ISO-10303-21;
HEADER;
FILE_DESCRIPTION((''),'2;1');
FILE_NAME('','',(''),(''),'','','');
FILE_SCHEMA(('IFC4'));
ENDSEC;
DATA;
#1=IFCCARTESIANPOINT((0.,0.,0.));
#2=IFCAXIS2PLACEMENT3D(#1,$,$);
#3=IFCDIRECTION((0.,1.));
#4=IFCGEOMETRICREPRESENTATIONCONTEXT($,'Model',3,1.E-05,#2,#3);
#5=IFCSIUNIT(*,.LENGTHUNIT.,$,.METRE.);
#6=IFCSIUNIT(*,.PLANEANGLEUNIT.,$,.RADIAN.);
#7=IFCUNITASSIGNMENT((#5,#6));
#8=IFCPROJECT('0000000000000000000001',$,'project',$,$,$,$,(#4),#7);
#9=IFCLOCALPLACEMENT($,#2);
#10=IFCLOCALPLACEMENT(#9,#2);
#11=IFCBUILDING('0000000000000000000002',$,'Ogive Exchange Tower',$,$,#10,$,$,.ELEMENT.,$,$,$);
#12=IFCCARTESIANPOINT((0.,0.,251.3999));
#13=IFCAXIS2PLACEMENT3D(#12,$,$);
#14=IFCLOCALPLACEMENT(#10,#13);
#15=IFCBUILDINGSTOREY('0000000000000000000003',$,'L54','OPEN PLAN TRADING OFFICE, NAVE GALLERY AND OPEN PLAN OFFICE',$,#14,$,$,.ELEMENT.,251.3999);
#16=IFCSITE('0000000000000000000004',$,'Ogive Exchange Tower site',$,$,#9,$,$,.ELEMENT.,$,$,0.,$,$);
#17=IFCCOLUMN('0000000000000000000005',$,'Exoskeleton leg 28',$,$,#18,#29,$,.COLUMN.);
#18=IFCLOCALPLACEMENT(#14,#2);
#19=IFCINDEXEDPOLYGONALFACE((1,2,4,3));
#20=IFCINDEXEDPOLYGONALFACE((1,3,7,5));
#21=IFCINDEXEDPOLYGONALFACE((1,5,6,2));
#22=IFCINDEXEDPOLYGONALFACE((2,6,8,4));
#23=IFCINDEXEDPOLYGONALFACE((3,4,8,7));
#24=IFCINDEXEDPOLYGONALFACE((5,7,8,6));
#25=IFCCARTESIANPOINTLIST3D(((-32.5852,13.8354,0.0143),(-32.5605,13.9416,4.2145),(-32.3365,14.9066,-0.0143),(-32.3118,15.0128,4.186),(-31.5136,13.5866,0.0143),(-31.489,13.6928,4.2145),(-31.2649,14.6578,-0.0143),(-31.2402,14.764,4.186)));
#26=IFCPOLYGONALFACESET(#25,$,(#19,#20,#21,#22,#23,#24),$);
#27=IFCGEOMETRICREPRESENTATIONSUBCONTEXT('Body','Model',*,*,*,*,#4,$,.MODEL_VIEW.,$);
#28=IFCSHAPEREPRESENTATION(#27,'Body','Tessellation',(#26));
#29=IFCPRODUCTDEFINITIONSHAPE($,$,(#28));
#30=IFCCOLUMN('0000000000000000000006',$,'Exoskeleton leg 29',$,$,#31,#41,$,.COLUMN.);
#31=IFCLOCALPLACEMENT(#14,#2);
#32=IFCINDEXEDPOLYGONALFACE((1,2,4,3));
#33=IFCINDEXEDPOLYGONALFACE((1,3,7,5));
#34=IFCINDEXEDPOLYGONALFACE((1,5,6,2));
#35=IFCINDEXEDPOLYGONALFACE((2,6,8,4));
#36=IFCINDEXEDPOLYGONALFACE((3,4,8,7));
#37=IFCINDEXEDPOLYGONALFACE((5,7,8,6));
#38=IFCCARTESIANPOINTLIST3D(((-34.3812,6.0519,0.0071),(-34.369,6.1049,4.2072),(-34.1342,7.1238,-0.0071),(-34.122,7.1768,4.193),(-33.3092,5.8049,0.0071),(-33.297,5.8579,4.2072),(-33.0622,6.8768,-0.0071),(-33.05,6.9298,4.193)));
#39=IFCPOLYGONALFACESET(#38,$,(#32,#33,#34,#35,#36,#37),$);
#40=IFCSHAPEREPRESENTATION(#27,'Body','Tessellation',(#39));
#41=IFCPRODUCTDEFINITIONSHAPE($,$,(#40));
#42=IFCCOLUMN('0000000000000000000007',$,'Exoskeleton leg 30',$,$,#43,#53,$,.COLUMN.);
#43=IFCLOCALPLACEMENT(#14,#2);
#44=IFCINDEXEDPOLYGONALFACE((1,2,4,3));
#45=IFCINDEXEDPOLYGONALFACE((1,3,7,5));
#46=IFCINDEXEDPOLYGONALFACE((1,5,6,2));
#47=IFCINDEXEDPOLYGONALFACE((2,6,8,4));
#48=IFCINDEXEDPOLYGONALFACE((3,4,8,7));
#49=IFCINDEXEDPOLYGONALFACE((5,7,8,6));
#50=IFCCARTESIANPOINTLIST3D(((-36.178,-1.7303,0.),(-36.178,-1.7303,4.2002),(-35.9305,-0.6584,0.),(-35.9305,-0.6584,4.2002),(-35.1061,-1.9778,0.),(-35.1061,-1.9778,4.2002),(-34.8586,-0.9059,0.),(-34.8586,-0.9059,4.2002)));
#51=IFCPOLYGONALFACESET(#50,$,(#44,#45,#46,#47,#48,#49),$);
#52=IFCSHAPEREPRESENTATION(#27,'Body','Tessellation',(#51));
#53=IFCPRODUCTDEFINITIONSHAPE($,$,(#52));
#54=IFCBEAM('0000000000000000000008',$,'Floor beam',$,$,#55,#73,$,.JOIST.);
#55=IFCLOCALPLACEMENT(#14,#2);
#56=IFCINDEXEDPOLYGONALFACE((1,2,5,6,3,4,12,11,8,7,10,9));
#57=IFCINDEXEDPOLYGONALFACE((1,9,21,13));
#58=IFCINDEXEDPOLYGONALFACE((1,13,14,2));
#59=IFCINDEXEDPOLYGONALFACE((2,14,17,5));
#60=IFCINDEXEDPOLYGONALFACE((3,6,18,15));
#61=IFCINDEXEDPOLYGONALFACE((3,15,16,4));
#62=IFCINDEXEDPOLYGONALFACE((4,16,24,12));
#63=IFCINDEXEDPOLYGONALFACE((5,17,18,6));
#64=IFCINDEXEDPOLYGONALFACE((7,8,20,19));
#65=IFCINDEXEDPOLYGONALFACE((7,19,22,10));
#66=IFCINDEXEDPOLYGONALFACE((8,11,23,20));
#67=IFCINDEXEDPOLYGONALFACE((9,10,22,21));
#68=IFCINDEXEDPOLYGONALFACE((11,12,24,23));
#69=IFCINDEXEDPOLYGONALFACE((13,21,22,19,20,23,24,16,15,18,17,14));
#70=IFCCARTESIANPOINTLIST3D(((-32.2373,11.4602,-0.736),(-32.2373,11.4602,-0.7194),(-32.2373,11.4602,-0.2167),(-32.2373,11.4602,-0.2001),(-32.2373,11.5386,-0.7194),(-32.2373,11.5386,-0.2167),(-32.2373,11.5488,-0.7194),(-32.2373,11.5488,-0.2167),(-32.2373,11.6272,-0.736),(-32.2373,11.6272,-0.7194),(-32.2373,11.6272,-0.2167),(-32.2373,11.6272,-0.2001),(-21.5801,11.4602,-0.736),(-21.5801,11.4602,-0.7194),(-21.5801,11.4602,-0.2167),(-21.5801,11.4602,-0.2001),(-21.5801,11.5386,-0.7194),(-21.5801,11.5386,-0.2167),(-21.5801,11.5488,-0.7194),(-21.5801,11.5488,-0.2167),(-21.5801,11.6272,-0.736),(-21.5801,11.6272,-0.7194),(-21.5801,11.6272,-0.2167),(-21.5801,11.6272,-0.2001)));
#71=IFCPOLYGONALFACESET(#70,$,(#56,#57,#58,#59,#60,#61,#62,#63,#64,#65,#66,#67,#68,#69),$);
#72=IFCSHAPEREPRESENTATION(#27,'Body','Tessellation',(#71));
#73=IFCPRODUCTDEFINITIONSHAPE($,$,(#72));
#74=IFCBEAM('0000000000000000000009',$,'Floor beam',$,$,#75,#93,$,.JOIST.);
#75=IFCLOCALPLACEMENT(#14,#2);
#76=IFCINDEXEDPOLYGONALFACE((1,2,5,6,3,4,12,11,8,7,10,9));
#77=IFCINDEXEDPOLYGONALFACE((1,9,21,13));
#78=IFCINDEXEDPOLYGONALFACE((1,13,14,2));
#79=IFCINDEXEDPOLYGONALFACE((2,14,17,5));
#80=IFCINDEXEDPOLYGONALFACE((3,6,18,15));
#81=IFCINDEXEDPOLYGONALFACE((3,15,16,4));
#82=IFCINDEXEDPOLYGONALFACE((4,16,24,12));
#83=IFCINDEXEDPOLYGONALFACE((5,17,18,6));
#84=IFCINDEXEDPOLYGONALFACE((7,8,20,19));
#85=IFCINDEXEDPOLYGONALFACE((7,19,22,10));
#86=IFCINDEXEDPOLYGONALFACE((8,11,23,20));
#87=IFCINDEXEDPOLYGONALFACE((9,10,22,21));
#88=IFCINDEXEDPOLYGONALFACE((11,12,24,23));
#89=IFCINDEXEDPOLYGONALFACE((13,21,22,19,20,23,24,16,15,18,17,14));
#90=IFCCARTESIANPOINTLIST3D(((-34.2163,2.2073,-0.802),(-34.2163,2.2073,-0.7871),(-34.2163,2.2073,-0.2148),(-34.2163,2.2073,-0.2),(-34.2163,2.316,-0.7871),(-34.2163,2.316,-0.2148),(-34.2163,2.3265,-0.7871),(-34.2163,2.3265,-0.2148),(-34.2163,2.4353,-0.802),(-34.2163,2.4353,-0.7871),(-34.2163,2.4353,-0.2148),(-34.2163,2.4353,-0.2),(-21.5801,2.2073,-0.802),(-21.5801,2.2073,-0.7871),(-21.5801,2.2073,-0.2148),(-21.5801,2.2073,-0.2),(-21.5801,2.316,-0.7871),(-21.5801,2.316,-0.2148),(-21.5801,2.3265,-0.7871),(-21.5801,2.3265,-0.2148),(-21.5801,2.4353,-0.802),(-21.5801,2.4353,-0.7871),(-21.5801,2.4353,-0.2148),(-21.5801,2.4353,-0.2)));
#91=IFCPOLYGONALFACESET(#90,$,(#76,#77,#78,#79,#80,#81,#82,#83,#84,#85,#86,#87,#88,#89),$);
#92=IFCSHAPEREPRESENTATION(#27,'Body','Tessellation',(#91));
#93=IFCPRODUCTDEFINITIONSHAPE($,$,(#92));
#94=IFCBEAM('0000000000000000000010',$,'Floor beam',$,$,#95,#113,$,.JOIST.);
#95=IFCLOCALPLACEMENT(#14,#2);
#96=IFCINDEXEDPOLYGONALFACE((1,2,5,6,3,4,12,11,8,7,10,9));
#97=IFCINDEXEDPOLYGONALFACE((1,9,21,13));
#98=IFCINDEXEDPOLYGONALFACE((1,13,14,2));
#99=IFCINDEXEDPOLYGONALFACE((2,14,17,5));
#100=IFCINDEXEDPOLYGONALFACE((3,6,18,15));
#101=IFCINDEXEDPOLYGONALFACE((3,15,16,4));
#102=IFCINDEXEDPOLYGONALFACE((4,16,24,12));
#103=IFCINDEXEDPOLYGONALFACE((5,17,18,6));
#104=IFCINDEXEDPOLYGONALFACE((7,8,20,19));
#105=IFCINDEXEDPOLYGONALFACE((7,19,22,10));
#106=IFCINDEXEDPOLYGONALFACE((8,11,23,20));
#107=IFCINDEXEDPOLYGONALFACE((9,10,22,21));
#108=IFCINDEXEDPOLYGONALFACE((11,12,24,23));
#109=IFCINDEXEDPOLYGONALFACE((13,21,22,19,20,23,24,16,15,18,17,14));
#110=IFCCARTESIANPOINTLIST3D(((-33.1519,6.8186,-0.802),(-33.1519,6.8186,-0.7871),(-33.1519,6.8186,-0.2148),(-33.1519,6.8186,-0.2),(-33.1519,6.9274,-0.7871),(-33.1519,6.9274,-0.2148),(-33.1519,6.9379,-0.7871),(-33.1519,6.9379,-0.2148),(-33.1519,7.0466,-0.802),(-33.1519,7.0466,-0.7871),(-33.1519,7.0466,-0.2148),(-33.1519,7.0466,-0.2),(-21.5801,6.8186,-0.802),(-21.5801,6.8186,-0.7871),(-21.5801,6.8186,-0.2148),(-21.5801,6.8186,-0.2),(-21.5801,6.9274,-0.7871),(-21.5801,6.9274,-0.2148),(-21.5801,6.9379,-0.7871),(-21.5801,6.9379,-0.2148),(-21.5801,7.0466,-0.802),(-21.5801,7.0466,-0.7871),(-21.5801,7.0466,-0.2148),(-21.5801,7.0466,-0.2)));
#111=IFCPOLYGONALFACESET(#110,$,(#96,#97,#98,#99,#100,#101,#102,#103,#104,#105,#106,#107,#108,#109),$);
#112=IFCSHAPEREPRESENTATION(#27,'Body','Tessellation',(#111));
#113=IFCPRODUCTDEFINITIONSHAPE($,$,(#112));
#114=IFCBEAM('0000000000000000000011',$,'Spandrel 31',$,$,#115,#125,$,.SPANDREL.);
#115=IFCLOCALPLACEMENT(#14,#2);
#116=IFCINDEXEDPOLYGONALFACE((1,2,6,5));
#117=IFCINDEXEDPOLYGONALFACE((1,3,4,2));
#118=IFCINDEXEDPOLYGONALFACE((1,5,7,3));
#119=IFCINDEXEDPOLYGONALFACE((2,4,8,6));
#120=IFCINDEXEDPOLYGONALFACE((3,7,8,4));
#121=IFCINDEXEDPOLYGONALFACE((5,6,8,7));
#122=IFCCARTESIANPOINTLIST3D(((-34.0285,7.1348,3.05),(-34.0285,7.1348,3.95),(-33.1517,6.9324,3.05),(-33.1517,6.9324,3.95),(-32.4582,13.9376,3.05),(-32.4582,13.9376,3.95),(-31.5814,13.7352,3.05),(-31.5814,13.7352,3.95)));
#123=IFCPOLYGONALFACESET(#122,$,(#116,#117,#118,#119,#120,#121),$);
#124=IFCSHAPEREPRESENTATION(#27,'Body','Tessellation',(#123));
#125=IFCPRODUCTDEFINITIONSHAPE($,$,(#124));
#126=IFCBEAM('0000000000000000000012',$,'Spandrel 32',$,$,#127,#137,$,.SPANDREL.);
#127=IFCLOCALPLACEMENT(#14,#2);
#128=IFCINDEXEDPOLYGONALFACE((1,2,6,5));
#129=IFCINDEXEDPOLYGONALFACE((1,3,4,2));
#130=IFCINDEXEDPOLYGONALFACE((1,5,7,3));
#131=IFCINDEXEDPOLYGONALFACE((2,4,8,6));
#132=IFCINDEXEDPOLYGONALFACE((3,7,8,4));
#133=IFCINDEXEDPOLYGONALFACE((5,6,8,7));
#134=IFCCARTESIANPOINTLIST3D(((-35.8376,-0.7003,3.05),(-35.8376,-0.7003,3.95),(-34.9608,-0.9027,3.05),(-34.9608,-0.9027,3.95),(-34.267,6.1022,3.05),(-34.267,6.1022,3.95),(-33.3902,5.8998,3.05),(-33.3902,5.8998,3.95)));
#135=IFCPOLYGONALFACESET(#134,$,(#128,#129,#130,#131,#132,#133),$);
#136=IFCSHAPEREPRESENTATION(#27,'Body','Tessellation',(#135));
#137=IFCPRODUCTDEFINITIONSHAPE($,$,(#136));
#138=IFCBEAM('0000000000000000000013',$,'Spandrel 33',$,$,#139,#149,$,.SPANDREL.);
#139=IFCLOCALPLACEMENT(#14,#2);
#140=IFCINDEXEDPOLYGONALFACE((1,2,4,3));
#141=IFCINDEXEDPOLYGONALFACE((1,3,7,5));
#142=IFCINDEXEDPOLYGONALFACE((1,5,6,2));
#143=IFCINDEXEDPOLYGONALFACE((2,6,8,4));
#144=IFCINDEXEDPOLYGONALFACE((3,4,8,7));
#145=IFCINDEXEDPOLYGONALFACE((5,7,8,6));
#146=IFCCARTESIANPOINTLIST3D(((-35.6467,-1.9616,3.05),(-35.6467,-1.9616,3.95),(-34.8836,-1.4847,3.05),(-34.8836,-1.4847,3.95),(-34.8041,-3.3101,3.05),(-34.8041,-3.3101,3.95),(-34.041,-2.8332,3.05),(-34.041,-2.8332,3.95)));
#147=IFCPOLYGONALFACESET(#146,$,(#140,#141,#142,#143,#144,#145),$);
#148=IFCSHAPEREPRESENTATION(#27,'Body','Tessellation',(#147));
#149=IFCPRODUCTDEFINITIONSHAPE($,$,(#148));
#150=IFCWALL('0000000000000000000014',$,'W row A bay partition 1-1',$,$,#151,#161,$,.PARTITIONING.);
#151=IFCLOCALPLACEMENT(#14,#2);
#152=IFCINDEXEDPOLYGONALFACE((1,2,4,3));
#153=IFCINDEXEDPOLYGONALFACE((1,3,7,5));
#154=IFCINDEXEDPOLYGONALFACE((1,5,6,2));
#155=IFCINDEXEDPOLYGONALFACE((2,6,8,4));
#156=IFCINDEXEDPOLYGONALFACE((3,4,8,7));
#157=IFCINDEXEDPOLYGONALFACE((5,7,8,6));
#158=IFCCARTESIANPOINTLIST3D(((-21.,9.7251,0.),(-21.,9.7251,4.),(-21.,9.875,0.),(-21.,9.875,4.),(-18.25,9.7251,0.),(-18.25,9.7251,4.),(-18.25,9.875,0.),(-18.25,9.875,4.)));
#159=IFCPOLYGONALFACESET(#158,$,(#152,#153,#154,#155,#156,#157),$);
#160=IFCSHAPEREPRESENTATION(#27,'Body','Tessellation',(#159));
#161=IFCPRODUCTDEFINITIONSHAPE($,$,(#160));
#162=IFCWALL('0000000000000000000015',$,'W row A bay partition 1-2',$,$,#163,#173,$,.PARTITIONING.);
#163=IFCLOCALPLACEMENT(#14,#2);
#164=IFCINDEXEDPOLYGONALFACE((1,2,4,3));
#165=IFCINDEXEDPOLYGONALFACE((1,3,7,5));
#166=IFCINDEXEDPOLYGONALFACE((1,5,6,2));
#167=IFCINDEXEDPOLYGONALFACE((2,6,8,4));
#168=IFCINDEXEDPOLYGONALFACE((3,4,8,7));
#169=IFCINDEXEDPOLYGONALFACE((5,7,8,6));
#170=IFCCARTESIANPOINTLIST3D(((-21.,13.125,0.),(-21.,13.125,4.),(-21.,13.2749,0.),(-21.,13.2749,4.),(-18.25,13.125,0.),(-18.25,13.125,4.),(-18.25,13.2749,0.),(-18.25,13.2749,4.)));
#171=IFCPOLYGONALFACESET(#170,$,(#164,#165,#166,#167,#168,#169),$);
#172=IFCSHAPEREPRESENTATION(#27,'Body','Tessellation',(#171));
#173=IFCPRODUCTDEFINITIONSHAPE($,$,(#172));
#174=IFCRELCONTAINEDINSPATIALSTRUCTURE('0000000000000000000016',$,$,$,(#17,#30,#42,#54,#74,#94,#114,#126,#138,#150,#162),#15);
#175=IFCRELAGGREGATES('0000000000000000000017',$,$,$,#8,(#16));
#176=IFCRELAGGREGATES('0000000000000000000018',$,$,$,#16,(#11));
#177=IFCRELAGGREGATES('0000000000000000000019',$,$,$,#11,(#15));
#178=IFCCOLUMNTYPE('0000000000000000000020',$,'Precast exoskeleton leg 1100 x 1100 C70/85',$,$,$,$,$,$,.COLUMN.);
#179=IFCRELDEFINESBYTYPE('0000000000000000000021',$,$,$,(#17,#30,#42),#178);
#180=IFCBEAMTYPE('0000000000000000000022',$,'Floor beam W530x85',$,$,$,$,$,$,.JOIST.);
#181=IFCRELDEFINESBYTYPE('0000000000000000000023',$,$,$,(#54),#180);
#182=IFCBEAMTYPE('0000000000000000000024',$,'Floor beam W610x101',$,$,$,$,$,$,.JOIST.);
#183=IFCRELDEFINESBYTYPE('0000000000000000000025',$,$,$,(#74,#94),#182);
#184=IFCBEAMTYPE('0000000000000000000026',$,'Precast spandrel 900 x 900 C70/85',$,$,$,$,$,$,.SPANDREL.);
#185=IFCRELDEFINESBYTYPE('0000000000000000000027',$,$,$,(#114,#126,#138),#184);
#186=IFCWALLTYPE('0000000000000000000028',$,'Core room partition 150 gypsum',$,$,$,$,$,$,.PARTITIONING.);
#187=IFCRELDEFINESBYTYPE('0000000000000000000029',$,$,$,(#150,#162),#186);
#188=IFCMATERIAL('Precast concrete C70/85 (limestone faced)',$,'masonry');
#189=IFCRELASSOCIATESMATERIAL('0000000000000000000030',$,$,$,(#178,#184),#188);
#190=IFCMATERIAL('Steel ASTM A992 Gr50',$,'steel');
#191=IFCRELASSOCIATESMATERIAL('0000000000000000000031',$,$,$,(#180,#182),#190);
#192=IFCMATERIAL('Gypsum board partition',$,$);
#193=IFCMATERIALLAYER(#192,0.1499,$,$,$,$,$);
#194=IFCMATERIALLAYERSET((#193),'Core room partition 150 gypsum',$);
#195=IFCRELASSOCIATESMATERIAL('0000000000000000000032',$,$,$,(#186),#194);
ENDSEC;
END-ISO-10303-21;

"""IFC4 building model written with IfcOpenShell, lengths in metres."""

from ifc_helpers import new_model, si_unit, direction, frame, frame_2d, origin, origin_2d, place, context, subcontext, project, spatial, rectangle, i_section, extrude, material, layer, layer_set, material_profile, profile_set, type_object, element, save


model = new_model("IFC4")

# Units and contexts
model_context = context("Model", 3, precision=1e-05, world=origin(), true_north=direction((0.0, 1.0)))
body_context = subcontext(model_context, "Body", "Model", "MODEL_VIEW")
ifc_project = project(units=[si_unit("LENGTHUNIT", "METRE"), si_unit("PLANEANGLEUNIT", "RADIAN")], contexts=[model_context])

# Site, building, storey
site_placement = place(None, origin())
site = spatial("IfcSite", under=ifc_project, at=site_placement, Name="Ogive Exchange Tower site", CompositionType="ELEMENT", RefElevation=0.0)
building_placement = place(site_placement, origin())
building = spatial("IfcBuilding", under=site, at=building_placement, Name="Ogive Exchange Tower", CompositionType="ELEMENT")
storey_placement = place(building_placement, frame((0.0, 0.0, 251.3999)))
storey = spatial("IfcBuildingStorey", under=building, at=storey_placement, Name="L54", Description="OPEN PLAN TRADING OFFICE, NAVE GALLERY AND OPEN PLAN OFFICE", CompositionType="ELEMENT", Elevation=251.3999)

# Columns
ifc_material_1 = material(Name="Precast concrete C70/85 (limestone faced)", Category="masonry")
ifc_material_profile_1 = material_profile(ifc_material_1, rectangle(XDim=1.1001, YDim=1.1001, at=origin_2d()), Name="1100 x 1100")
ifc_profile_set_1 = profile_set([ifc_material_profile_1], Name="Precast concrete C70/85 (limestone faced)")
column_type = type_object("IfcColumnType", Name="Precast exoskeleton leg 1100 x 1100 C70/85", PredefinedType="COLUMN", material=ifc_profile_set_1)
column_1_placement = place(storey_placement, frame((-31.925, 14.2466, 0.0), z_axis=(0.005869, 0.025276, 0.999663), x_axis=(-0.974088, 0.226168, 0.0)))
element("IfcColumn", 1, at=column_1_placement, inside=storey, type_object=column_type, Name="Exoskeleton leg 28", PredefinedType="COLUMN", context=body_context, shape_type="SweptSolid", body=[
    extrude(rectangle(XDim=1.1001, YDim=1.1001, at=origin_2d()), origin(), (0.0, 0.0, 1.0), 4.2017),
])
column_2_placement = place(storey_placement, frame((-33.7217, 6.4644, 0.0), z_axis=(0.002906, 0.012612, 0.999916), x_axis=(-0.974467, 0.224532, 0.0)))
element("IfcColumn", 2, at=column_2_placement, inside=storey, type_object=column_type, Name="Exoskeleton leg 29", PredefinedType="COLUMN", context=body_context, shape_type="SweptSolid", body=[
    extrude(rectangle(XDim=1.1001, YDim=1.1001, at=origin_2d()), origin(), (0.0, 0.0, 1.0), 4.2004),
])
column_3_placement = place(storey_placement, frame((-35.5183, -1.3181, 0.0), z_axis=(0.0, 0.0, 1.0), x_axis=(0.97437, -0.224951, 0.0)))
element("IfcColumn", 3, at=column_3_placement, inside=storey, type_object=column_type, Name="Exoskeleton leg 30", PredefinedType="COLUMN", context=body_context, shape_type="SweptSolid", body=[
    extrude(rectangle(XDim=1.1001, YDim=1.1001, at=origin_2d()), origin(), (0.0, 0.0, 1.0), 4.2002),
])

# Beams
ifc_material_2 = material(Name="Steel ASTM A992 Gr50", Category="steel")
ifc_material_profile_2 = material_profile(ifc_material_2, i_section(OverallWidth=0.167, OverallDepth=0.5359, WebThickness=0.0103, FlangeThickness=0.0166, at=origin_2d()), Name="W530x85")
ifc_profile_set_2 = profile_set([ifc_material_profile_2], Name="Steel ASTM A992 Gr50")
beam_type_1 = type_object("IfcBeamType", Name="Floor beam W530x85", PredefinedType="JOIST", material=ifc_profile_set_2)
beam_1_placement = place(storey_placement, frame((-32.2373, 11.5437, -0.468), z_axis=(1.0, 0.0, 0.0), x_axis=(0.0, 1.0, 0.0)))
element("IfcBeam", 4, at=beam_1_placement, inside=storey, type_object=beam_type_1, Name="Floor beam", PredefinedType="JOIST", context=body_context, shape_type="SweptSolid", body=[
    extrude(i_section(OverallWidth=0.167, OverallDepth=0.5359, WebThickness=0.0103, FlangeThickness=0.0166, at=origin_2d()), origin(), (0.0, 0.0, 1.0), 10.6572),
])
ifc_material_profile_3 = material_profile(ifc_material_2, i_section(OverallWidth=0.228, OverallDepth=0.6021, WebThickness=0.0105, FlangeThickness=0.0149, at=origin_2d()), Name="W610x101")
ifc_profile_set_3 = profile_set([ifc_material_profile_3], Name="Steel ASTM A992 Gr50")
beam_type_2 = type_object("IfcBeamType", Name="Floor beam W610x101", PredefinedType="JOIST", material=ifc_profile_set_3)
beam_2_placement = place(storey_placement, frame((-34.2163, 2.3213, -0.501), z_axis=(1.0, 0.0, 0.0), x_axis=(0.0, 1.0, 0.0)))
element("IfcBeam", 5, at=beam_2_placement, inside=storey, type_object=beam_type_2, Name="Floor beam", PredefinedType="JOIST", context=body_context, shape_type="SweptSolid", body=[
    extrude(i_section(OverallWidth=0.228, OverallDepth=0.6021, WebThickness=0.0105, FlangeThickness=0.0149, at=origin_2d()), origin(), (0.0, 0.0, 1.0), 12.6362),
])
beam_3_placement = place(storey_placement, frame((-33.1519, 6.9326, -0.501), z_axis=(1.0, 0.0, 0.0), x_axis=(0.0, 1.0, 0.0)))
element("IfcBeam", 6, at=beam_3_placement, inside=storey, type_object=beam_type_2, Name="Floor beam", PredefinedType="JOIST", context=body_context, shape_type="SweptSolid", body=[
    extrude(i_section(OverallWidth=0.228, OverallDepth=0.6021, WebThickness=0.0105, FlangeThickness=0.0149, at=origin_2d()), origin(), (0.0, 0.0, 1.0), 11.5718),
])
ifc_material_profile_4 = material_profile(ifc_material_1, rectangle(XDim=0.8999, YDim=0.8999, at=origin_2d()), Name="900 x 900")
ifc_profile_set_4 = profile_set([ifc_material_profile_4], Name="Precast concrete C70/85 (limestone faced)")
beam_type_3 = type_object("IfcBeamType", Name="Precast spandrel 900 x 900 C70/85", PredefinedType="SPANDREL", material=ifc_profile_set_4)
beam_4_placement = place(storey_placement, frame((-32.0198, 13.8364, 3.5), z_axis=(-0.224921, -0.974377, 0.0), x_axis=(0.974377, -0.224921, 0.0)))
element("IfcBeam", 7, at=beam_4_placement, inside=storey, type_object=beam_type_3, Name="Spandrel 31", PredefinedType="SPANDREL", context=body_context, shape_type="SweptSolid", body=[
    extrude(rectangle(XDim=0.8999, YDim=0.8999, at=origin_2d()), origin(), (0.0, 0.0, 1.0), 6.9817),
])
beam_5_placement = place(storey_placement, frame((-33.8286, 6.001, 3.5), z_axis=(-0.224962, -0.974368, 0.0), x_axis=(0.974368, -0.224962, 0.0)))
element("IfcBeam", 8, at=beam_5_placement, inside=storey, type_object=beam_type_3, Name="Spandrel 32", PredefinedType="SPANDREL", context=body_context, shape_type="SweptSolid", body=[
    extrude(rectangle(XDim=0.8999, YDim=0.8999, at=origin_2d()), origin(), (0.0, 0.0, 1.0), 6.9814),
])
beam_6_placement = place(storey_placement, frame((-35.2651, -1.7231, 3.5), z_axis=(0.529902, -0.848059, 0.0), x_axis=(0.848059, 0.529902, 0.0)))
element("IfcBeam", 9, at=beam_6_placement, inside=storey, type_object=beam_type_3, Name="Spandrel 33", PredefinedType="SPANDREL", context=body_context, shape_type="SweptSolid", body=[
    extrude(rectangle(XDim=0.8999, YDim=0.8999, at=origin_2d()), origin(), (0.0, 0.0, 1.0), 1.5901),
])

# Walls
ifc_material_3 = material(Name="Gypsum board partition")
ifc_layer_1 = layer(ifc_material_3, 0.1499)
ifc_layer_set_1 = layer_set([ifc_layer_1], Name="Core room partition 150 gypsum")
wall_type_1 = type_object("IfcWallType", Name="Core room partition 150 gypsum", PredefinedType="PARTITIONING", material=ifc_layer_set_1)
for number, where, z_axis, x_axis, name in (
    (10, (-21.0, 9.8, 0.0), (0.0, 0.0, 1.0), (1.0, 0.0, 0.0), "W row A bay partition 1-1"),
    (11, (-21.0, 13.2, 0.0), (0.0, 0.0, 1.0), (1.0, 0.0, 0.0), "W row A bay partition 1-2"),
):
    element("IfcWall", number, at=place(storey_placement, frame(where, z_axis=z_axis, x_axis=x_axis)), inside=storey, type_object=wall_type_1, Name=name, PredefinedType="PARTITIONING", context=body_context, shape_type="SweptSolid", body=[
        extrude(rectangle(XDim=2.75, YDim=0.1499, at=frame_2d((1.375, 0.0))), origin(), (0.0, 0.0, 1.0), 4.0),
    ])

save(model, "model.ifc")
